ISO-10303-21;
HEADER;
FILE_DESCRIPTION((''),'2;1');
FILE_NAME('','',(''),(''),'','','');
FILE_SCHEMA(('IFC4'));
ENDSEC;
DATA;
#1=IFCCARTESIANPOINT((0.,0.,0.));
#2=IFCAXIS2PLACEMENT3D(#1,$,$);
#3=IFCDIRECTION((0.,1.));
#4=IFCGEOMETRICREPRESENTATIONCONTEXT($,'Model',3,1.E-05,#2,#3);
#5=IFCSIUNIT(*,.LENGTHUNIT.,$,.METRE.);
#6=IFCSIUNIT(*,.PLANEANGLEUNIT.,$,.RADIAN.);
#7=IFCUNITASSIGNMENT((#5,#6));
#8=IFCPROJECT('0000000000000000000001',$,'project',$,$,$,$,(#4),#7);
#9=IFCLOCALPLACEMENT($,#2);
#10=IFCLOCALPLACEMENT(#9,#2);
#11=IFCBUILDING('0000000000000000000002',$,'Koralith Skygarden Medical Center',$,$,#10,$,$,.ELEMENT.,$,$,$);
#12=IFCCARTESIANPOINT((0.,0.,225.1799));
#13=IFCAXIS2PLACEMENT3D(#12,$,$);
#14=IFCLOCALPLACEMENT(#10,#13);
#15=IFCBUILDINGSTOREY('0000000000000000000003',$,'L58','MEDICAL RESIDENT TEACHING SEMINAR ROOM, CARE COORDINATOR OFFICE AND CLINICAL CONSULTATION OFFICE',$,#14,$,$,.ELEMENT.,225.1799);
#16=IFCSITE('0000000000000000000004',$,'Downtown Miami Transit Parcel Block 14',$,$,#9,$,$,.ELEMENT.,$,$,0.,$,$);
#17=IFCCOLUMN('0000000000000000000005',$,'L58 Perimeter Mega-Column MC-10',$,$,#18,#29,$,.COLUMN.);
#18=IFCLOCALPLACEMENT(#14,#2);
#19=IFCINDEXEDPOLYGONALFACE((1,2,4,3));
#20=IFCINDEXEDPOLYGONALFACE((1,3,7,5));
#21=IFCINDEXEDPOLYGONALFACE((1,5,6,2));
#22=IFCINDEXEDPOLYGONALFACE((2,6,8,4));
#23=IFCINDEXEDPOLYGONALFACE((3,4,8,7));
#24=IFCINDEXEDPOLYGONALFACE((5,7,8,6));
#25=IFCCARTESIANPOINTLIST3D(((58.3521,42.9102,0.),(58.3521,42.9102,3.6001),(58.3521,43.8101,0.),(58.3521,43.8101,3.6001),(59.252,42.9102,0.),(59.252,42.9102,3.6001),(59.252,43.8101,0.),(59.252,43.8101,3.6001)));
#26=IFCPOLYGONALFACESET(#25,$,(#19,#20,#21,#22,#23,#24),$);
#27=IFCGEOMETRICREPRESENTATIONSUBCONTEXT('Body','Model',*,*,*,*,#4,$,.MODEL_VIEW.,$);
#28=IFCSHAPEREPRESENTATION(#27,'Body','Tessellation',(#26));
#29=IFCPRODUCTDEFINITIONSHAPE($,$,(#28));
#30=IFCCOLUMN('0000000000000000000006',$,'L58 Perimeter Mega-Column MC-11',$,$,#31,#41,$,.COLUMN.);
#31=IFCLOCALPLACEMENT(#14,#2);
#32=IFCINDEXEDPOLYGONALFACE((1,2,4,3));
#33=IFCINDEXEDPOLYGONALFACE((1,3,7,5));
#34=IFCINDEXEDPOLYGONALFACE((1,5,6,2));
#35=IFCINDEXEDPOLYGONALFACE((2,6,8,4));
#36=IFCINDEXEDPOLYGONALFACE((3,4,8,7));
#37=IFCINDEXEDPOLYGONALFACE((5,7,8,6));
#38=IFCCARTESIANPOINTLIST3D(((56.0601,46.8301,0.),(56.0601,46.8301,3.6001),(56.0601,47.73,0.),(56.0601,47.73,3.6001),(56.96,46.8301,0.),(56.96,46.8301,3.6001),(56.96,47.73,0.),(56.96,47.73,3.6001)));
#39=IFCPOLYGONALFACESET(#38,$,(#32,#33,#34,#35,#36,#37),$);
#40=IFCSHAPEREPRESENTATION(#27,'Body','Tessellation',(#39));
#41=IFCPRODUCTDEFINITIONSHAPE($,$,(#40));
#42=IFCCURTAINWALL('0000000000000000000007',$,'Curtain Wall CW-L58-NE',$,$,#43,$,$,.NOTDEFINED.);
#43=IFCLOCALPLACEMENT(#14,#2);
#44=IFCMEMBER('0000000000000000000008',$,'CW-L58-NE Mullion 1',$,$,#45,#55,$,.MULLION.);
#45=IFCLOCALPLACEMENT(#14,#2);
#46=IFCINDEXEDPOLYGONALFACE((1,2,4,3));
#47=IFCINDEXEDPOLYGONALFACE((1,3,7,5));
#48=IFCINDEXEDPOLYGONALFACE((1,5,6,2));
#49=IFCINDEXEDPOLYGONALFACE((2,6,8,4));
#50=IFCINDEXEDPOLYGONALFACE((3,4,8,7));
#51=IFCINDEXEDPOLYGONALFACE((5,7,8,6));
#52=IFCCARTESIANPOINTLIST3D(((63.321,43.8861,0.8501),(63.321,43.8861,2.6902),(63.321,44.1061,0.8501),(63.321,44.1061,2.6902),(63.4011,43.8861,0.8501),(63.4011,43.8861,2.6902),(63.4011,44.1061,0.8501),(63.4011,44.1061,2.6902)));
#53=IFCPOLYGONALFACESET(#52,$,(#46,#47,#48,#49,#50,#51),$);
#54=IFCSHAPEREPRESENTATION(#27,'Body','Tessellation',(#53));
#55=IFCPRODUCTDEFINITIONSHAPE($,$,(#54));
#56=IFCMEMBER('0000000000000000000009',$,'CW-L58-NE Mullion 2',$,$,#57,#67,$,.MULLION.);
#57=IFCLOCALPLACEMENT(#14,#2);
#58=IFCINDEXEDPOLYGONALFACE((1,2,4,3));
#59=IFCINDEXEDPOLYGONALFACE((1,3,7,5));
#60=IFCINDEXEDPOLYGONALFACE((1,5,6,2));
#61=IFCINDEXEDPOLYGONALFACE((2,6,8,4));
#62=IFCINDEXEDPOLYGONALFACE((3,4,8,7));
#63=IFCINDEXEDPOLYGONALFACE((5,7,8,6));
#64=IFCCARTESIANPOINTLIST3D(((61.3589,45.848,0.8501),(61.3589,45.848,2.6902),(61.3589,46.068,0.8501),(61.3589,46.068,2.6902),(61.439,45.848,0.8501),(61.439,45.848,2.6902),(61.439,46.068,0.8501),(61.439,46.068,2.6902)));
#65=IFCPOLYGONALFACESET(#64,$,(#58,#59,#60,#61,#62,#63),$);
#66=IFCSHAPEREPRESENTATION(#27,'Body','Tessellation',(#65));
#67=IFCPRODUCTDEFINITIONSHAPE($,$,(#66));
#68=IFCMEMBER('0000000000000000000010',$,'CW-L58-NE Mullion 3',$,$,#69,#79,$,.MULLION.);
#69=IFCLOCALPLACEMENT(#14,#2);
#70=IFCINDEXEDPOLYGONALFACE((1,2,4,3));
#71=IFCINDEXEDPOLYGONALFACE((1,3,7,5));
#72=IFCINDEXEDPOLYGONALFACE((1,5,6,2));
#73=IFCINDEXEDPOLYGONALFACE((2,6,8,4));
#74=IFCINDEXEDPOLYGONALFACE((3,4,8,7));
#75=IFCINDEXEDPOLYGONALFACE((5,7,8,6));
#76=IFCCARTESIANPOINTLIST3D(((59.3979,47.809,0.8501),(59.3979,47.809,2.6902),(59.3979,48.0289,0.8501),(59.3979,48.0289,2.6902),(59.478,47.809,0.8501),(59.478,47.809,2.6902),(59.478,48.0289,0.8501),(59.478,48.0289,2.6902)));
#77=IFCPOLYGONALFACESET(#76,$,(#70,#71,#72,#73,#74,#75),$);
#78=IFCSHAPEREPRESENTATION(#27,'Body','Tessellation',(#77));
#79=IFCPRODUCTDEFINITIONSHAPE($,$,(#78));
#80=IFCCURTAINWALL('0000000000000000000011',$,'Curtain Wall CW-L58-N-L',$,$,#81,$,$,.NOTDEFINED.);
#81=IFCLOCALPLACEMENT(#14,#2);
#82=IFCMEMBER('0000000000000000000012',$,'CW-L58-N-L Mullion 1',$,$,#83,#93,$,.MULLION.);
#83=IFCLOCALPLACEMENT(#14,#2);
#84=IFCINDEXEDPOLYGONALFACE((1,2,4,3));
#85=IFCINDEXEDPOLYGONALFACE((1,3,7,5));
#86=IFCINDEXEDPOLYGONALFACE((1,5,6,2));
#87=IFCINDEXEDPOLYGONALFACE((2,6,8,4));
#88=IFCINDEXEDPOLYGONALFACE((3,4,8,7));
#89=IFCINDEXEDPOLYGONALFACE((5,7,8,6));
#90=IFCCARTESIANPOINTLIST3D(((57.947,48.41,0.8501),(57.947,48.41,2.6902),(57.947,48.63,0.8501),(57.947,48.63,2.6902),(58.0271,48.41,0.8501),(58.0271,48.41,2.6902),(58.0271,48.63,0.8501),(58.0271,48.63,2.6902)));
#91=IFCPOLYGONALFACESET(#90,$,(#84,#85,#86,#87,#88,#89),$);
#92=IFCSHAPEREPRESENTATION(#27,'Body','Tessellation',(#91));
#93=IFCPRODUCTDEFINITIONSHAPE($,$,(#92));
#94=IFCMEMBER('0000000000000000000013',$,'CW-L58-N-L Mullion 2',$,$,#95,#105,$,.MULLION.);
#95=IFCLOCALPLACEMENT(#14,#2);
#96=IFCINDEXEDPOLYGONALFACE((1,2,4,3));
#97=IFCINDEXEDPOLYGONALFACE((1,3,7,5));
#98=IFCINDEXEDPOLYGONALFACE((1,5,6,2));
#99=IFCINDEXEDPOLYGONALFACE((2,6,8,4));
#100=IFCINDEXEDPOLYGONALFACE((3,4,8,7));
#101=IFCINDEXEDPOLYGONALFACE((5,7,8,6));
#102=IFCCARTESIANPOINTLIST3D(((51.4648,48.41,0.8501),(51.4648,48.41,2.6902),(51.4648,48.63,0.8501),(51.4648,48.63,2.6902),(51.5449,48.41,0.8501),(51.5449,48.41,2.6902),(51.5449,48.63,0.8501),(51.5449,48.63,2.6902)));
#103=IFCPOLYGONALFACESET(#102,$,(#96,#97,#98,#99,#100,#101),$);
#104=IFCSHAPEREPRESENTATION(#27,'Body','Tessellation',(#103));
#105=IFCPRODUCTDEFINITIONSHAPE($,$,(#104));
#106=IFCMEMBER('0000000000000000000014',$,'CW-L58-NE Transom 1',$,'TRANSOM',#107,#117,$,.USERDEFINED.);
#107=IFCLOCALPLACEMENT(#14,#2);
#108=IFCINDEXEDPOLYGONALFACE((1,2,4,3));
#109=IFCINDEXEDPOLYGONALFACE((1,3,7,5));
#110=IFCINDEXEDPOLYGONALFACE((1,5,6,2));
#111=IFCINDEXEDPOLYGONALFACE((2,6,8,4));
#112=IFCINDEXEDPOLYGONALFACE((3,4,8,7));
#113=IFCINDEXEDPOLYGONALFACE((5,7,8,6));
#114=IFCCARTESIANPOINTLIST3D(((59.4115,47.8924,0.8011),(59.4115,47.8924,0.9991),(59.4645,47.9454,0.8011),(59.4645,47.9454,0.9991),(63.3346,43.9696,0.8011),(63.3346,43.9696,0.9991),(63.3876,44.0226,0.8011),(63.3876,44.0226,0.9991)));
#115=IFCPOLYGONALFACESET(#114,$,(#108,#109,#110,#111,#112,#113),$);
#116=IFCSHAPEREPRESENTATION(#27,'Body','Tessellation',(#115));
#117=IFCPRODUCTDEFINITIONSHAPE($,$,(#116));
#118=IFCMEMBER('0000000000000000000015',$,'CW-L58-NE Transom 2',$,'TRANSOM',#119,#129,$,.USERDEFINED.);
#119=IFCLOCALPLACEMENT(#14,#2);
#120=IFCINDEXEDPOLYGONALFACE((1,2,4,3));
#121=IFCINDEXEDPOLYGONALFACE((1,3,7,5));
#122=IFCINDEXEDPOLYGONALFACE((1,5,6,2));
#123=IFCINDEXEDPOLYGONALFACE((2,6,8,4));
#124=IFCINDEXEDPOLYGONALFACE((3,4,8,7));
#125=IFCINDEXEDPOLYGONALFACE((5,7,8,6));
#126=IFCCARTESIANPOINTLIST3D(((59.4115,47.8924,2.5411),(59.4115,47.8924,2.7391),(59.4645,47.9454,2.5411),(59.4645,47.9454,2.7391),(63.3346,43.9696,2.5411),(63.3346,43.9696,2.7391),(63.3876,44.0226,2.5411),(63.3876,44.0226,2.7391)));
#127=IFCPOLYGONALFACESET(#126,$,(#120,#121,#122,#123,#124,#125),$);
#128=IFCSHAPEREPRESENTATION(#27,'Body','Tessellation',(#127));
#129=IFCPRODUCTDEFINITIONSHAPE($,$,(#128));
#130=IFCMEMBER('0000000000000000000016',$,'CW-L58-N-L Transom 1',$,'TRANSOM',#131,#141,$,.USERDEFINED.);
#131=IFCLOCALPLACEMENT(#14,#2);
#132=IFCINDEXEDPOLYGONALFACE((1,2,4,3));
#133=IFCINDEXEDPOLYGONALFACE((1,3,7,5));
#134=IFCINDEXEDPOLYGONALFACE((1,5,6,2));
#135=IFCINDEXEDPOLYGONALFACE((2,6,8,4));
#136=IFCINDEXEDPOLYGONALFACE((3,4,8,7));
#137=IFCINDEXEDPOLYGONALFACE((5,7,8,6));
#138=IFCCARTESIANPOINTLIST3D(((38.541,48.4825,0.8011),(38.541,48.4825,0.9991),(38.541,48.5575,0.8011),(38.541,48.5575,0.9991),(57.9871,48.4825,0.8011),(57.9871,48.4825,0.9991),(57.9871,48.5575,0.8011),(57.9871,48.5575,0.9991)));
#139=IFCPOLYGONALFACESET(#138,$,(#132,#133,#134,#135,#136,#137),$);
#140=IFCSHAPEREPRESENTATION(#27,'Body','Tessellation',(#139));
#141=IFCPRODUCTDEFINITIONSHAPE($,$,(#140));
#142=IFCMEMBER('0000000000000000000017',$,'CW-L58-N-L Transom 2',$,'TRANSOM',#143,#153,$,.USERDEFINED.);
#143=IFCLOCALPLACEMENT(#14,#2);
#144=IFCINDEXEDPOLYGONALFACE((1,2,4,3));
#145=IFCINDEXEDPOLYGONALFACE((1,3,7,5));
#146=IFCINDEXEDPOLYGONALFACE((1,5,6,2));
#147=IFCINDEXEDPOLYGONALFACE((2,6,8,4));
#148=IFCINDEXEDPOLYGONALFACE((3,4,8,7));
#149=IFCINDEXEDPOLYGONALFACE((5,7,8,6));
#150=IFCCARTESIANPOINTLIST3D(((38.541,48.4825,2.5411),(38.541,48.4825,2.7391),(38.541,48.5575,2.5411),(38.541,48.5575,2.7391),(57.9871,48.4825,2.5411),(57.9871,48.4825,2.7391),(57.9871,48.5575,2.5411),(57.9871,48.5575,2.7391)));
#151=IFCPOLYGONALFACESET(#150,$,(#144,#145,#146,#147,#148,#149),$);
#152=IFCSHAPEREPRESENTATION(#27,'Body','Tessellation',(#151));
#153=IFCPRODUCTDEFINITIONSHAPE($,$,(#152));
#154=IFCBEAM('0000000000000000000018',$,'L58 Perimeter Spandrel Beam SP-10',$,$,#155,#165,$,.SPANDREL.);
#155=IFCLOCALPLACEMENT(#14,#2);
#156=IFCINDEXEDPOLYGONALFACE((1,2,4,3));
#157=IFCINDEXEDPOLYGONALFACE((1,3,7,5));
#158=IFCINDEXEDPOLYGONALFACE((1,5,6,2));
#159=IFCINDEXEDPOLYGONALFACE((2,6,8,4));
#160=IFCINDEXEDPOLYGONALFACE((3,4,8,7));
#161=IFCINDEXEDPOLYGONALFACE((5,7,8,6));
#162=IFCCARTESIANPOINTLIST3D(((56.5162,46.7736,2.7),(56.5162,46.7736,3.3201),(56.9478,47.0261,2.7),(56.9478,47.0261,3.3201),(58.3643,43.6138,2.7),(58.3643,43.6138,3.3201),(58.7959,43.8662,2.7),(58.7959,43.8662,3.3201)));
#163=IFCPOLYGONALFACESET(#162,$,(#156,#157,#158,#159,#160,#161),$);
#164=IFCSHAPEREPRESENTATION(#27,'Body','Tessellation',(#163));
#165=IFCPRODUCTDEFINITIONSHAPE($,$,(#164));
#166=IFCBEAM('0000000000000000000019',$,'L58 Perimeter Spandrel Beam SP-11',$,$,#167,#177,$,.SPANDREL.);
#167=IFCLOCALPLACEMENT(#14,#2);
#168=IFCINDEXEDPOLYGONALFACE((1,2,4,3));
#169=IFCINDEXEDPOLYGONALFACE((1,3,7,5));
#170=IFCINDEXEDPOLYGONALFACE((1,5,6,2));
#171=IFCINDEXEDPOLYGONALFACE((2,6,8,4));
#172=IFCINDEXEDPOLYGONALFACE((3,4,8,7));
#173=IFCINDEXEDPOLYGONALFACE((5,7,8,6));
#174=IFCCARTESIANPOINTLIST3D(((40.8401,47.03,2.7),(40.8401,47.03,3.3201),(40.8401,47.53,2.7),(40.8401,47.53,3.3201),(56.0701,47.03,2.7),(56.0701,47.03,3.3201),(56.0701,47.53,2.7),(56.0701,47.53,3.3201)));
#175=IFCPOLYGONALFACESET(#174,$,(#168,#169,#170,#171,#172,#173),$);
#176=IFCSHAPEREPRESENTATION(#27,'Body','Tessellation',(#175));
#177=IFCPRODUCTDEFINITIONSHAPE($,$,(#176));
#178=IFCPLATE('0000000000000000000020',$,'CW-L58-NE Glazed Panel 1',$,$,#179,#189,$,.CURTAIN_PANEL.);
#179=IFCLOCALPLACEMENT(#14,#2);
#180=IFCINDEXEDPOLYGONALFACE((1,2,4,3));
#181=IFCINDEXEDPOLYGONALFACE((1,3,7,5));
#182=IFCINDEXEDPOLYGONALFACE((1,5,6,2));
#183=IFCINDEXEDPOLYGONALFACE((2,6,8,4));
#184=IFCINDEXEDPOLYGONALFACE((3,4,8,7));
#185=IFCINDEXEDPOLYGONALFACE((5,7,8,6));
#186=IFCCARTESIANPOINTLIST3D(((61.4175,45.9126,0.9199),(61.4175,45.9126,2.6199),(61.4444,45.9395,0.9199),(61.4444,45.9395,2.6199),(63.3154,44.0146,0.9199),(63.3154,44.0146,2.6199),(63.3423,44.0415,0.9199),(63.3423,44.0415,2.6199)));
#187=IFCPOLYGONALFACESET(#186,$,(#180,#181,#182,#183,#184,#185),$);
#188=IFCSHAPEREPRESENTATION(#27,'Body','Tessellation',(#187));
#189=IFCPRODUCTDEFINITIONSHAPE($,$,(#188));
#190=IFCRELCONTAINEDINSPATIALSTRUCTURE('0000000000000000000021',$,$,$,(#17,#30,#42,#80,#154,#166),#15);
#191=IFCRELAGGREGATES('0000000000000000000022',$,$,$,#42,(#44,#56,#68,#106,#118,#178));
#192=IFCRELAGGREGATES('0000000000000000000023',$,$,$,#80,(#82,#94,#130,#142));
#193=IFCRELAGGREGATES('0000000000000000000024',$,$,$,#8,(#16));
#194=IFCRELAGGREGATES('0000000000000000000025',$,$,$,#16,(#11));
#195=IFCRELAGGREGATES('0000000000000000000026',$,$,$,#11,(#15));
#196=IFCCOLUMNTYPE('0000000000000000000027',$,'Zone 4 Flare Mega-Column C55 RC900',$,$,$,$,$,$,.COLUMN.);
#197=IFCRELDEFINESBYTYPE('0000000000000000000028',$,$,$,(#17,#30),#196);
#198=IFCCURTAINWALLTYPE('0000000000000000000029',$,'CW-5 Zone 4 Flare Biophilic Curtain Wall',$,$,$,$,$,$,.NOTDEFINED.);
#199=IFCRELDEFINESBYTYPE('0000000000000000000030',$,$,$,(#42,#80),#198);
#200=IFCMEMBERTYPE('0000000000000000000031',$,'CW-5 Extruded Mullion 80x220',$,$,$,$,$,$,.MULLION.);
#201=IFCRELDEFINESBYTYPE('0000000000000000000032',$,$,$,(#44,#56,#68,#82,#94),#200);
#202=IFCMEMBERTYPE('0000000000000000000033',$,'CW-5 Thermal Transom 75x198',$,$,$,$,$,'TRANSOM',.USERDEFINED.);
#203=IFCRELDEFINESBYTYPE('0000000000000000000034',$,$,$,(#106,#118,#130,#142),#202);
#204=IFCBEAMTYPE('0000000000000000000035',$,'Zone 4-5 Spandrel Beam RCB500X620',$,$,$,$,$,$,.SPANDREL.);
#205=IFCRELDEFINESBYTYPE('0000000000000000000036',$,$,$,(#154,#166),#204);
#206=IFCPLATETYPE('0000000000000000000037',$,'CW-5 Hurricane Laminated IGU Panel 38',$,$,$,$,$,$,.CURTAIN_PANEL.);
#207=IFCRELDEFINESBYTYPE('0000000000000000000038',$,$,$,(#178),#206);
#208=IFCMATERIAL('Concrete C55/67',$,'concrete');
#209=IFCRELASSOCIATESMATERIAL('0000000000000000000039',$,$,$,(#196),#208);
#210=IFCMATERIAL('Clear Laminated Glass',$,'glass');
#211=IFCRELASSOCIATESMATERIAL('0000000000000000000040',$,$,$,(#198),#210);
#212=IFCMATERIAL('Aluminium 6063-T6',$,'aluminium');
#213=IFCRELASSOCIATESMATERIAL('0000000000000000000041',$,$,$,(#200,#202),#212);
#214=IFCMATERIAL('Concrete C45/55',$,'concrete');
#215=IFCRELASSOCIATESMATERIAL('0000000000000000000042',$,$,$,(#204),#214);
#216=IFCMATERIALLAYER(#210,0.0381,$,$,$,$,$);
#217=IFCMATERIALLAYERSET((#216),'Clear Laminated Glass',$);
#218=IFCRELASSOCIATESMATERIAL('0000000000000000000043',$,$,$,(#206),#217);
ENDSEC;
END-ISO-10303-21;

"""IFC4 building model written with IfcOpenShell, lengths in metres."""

from ifc_helpers import new_model, si_unit, direction, frame, origin, origin_2d, place, context, subcontext, project, spatial, rectangle, extrude, material, layer, layer_set, material_profile, profile_set, type_object, element, aggregate, save


model = new_model("IFC4")

# Units and contexts
model_context = context("Model", 3, precision=1e-05, world=origin(), true_north=direction((0.0, 1.0)))
body_context = subcontext(model_context, "Body", "Model", "MODEL_VIEW")
ifc_project = project(units=[si_unit("LENGTHUNIT", "METRE"), si_unit("PLANEANGLEUNIT", "RADIAN")], contexts=[model_context])

# Site, building, storey
site_placement = place(None, origin())
site = spatial("IfcSite", under=ifc_project, at=site_placement, Name="Downtown Miami Transit Parcel Block 14", CompositionType="ELEMENT", RefElevation=0.0)
building_placement = place(site_placement, origin())
building = spatial("IfcBuilding", under=site, at=building_placement, Name="Koralith Skygarden Medical Center", CompositionType="ELEMENT")
storey_placement = place(building_placement, frame((0.0, 0.0, 225.1799)))
storey = spatial("IfcBuildingStorey", under=building, at=storey_placement, Name="L58", Description="MEDICAL RESIDENT TEACHING SEMINAR ROOM, CARE COORDINATOR OFFICE AND CLINICAL CONSULTATION OFFICE", CompositionType="ELEMENT", Elevation=225.1799)

# Columns
ifc_material_1 = material(Name="Concrete C55/67", Category="concrete")
ifc_material_profile_1 = material_profile(ifc_material_1, rectangle(XDim=0.8999, YDim=0.8999, at=origin_2d()), Name="RC900X900")
ifc_profile_set_1 = profile_set([ifc_material_profile_1], Name="Concrete C55/67")
column_type = type_object("IfcColumnType", Name="Zone 4 Flare Mega-Column C55 RC900", PredefinedType="COLUMN", material=ifc_profile_set_1)
for number, where, z_axis, x_axis, name in (
    (1, (58.802, 43.3601, 0.0), (0.0, 0.0, 1.0), (1.0, 0.0, 0.0), "L58 Perimeter Mega-Column MC-10"),
    (2, (56.51, 47.28, 0.0), (0.0, 0.0, 1.0), (1.0, 0.0, 0.0), "L58 Perimeter Mega-Column MC-11"),
):
    element("IfcColumn", number, at=place(storey_placement, frame(where, z_axis=z_axis, x_axis=x_axis)), inside=storey, type_object=column_type, Name=name, PredefinedType="COLUMN", context=body_context, shape_type="SweptSolid", body=[
        extrude(rectangle(XDim=0.8999, YDim=0.8999, at=origin_2d()), origin(), (0.0, 0.0, 1.0), 3.6001),
    ])

# Curtain walls, members
ifc_material_2 = material(Name="Clear Laminated Glass", Category="glass")
curtain_wall_type = type_object("IfcCurtainWallType", Name="CW-5 Zone 4 Flare Biophilic Curtain Wall", PredefinedType="NOTDEFINED", material=ifc_material_2)
curtain_wall_1_placement = place(storey_placement, origin())
curtain_wall_1 = element("IfcCurtainWall", 3, at=curtain_wall_1_placement, inside=storey, type_object=curtain_wall_type, Name="Curtain Wall CW-L58-NE", PredefinedType="NOTDEFINED")
ifc_material_3 = material(Name="Aluminium 6063-T6", Category="aluminium")
ifc_material_profile_2 = material_profile(ifc_material_3, rectangle(XDim=0.0801, YDim=0.22, at=origin_2d()), Name="MUL80X220")
ifc_profile_set_2 = profile_set([ifc_material_profile_2], Name="Aluminium 6063-T6")
member_type_1 = type_object("IfcMemberType", Name="CW-5 Extruded Mullion 80x220", PredefinedType="MULLION", material=ifc_profile_set_2)
member_1_placement = place(storey_placement, frame((63.3611, 43.9961, 0.8501), z_axis=(0.0, 0.0, 1.0), x_axis=(1.0, 0.0, 0.0)))
member_1 = element("IfcMember", 4, at=member_1_placement, type_object=member_type_1, Name="CW-L58-NE Mullion 1", PredefinedType="MULLION", context=body_context, shape_type="SweptSolid", body=[
    extrude(rectangle(XDim=0.0801, YDim=0.22, at=origin_2d()), origin(), (0.0, 0.0, 1.0), 1.8401),
])
member_2_placement = place(storey_placement, frame((61.3989, 45.958, 0.8501), z_axis=(0.0, 0.0, 1.0), x_axis=(1.0, 0.0, 0.0)))
member_2 = element("IfcMember", 5, at=member_2_placement, type_object=member_type_1, Name="CW-L58-NE Mullion 2", PredefinedType="MULLION", context=body_context, shape_type="SweptSolid", body=[
    extrude(rectangle(XDim=0.0801, YDim=0.22, at=origin_2d()), origin(), (0.0, 0.0, 1.0), 1.8401),
])
member_3_placement = place(storey_placement, frame((59.438, 47.9189, 0.8501), z_axis=(0.0, 0.0, 1.0), x_axis=(1.0, 0.0, 0.0)))
member_3 = element("IfcMember", 6, at=member_3_placement, type_object=member_type_1, Name="CW-L58-NE Mullion 3", PredefinedType="MULLION", context=body_context, shape_type="SweptSolid", body=[
    extrude(rectangle(XDim=0.0801, YDim=0.22, at=origin_2d()), origin(), (0.0, 0.0, 1.0), 1.8401),
])
curtain_wall_2_placement = place(storey_placement, origin())
curtain_wall_2 = element("IfcCurtainWall", 7, at=curtain_wall_2_placement, inside=storey, type_object=curtain_wall_type, Name="Curtain Wall CW-L58-N-L", PredefinedType="NOTDEFINED")
member_4_placement = place(storey_placement, frame((57.9871, 48.52, 0.8501), z_axis=(0.0, 0.0, 1.0), x_axis=(1.0, 0.0, 0.0)))
member_4 = element("IfcMember", 8, at=member_4_placement, type_object=member_type_1, Name="CW-L58-N-L Mullion 1", PredefinedType="MULLION", context=body_context, shape_type="SweptSolid", body=[
    extrude(rectangle(XDim=0.0801, YDim=0.22, at=origin_2d()), origin(), (0.0, 0.0, 1.0), 1.8401),
])
member_5_placement = place(storey_placement, frame((51.5049, 48.52, 0.8501), z_axis=(0.0, 0.0, 1.0), x_axis=(1.0, 0.0, 0.0)))
member_5 = element("IfcMember", 9, at=member_5_placement, type_object=member_type_1, Name="CW-L58-N-L Mullion 2", PredefinedType="MULLION", context=body_context, shape_type="SweptSolid", body=[
    extrude(rectangle(XDim=0.0801, YDim=0.22, at=origin_2d()), origin(), (0.0, 0.0, 1.0), 1.8401),
])

# Members
ifc_material_profile_3 = material_profile(ifc_material_3, rectangle(XDim=0.075, YDim=0.198, at=origin_2d()), Name="TRN75X198")
ifc_profile_set_3 = profile_set([ifc_material_profile_3], Name="Aluminium 6063-T6")
member_type_2 = type_object("IfcMemberType", Name="CW-5 Thermal Transom 75x198", ElementType="TRANSOM", PredefinedType="USERDEFINED", material=ifc_profile_set_3)
member_6_placement = place(storey_placement, frame((63.3611, 43.9961, 0.9001), z_axis=(-0.707129, 0.707085, 0.0), x_axis=(-0.707085, -0.707129, 0.0)))
member_6 = element("IfcMember", 10, at=member_6_placement, type_object=member_type_2, Name="CW-L58-NE Transom 1", ObjectType="TRANSOM", PredefinedType="USERDEFINED", context=body_context, shape_type="SweptSolid", body=[
    extrude(rectangle(XDim=0.075, YDim=0.198, at=origin_2d()), origin(), (0.0, 0.0, 1.0), 5.5479),
])
member_7_placement = place(storey_placement, frame((63.3611, 43.9961, 2.6401), z_axis=(-0.707129, 0.707085, 0.0), x_axis=(-0.707085, -0.707129, 0.0)))
member_7 = element("IfcMember", 11, at=member_7_placement, type_object=member_type_2, Name="CW-L58-NE Transom 2", ObjectType="TRANSOM", PredefinedType="USERDEFINED", context=body_context, shape_type="SweptSolid", body=[
    extrude(rectangle(XDim=0.075, YDim=0.198, at=origin_2d()), origin(), (0.0, 0.0, 1.0), 5.5479),
])
member_8_placement = place(storey_placement, frame((57.9871, 48.52, 0.9001), z_axis=(-1.0, 0.0, 0.0), x_axis=(0.0, -1.0, 0.0)))
member_8 = element("IfcMember", 12, at=member_8_placement, type_object=member_type_2, Name="CW-L58-N-L Transom 1", ObjectType="TRANSOM", PredefinedType="USERDEFINED", context=body_context, shape_type="SweptSolid", body=[
    extrude(rectangle(XDim=0.075, YDim=0.198, at=origin_2d()), origin(), (0.0, 0.0, 1.0), 19.446),
])
member_9_placement = place(storey_placement, frame((57.9871, 48.52, 2.6401), z_axis=(-1.0, 0.0, 0.0), x_axis=(0.0, -1.0, 0.0)))
member_9 = element("IfcMember", 13, at=member_9_placement, type_object=member_type_2, Name="CW-L58-N-L Transom 2", ObjectType="TRANSOM", PredefinedType="USERDEFINED", context=body_context, shape_type="SweptSolid", body=[
    extrude(rectangle(XDim=0.075, YDim=0.198, at=origin_2d()), origin(), (0.0, 0.0, 1.0), 19.446),
])

# Beams
ifc_material_4 = material(Name="Concrete C45/55", Category="concrete")
ifc_material_profile_4 = material_profile(ifc_material_4, rectangle(XDim=0.5, YDim=0.6201, at=origin_2d()), Name="RCB500X620")
ifc_profile_set_4 = profile_set([ifc_material_profile_4], Name="Concrete C45/55")
beam_type = type_object("IfcBeamType", Name="Zone 4-5 Spandrel Beam RCB500X620", PredefinedType="SPANDREL", material=ifc_profile_set_4)
beam_1_placement = place(storey_placement, frame((58.5801, 43.74, 3.01), z_axis=(-0.504862, 0.8632, 0.0), x_axis=(-0.8632, -0.504862, 0.0)))
element("IfcBeam", 14, at=beam_1_placement, inside=storey, type_object=beam_type, Name="L58 Perimeter Spandrel Beam SP-10", PredefinedType="SPANDREL", context=body_context, shape_type="SweptSolid", body=[
    extrude(rectangle(XDim=0.5, YDim=0.6201, at=origin_2d()), origin(), (0.0, 0.0, 1.0), 3.6606),
])
beam_2_placement = place(storey_placement, frame((56.0701, 47.28, 3.01), z_axis=(-1.0, 0.0, 0.0), x_axis=(0.0, -1.0, 0.0)))
element("IfcBeam", 15, at=beam_2_placement, inside=storey, type_object=beam_type, Name="L58 Perimeter Spandrel Beam SP-11", PredefinedType="SPANDREL", context=body_context, shape_type="SweptSolid", body=[
    extrude(rectangle(XDim=0.5, YDim=0.6201, at=origin_2d()), origin(), (0.0, 0.0, 1.0), 15.23),
])

# Plate
ifc_layer_1 = layer(ifc_material_2, 0.0381)
ifc_layer_set_1 = layer_set([ifc_layer_1], Name="Clear Laminated Glass")
plate_type_1 = type_object("IfcPlateType", Name="CW-5 Hurricane Laminated IGU Panel 38", PredefinedType="CURTAIN_PANEL", material=ifc_layer_set_1)
plate_1_placement = place(storey_placement, frame((62.3799, 44.9771, 0.9199), z_axis=(0.0, 0.0, 1.0), x_axis=(-0.707107, 0.707107, 0.0)))
plate_1 = element("IfcPlate", 16, at=plate_1_placement, type_object=plate_type_1, Name="CW-L58-NE Glazed Panel 1", PredefinedType="CURTAIN_PANEL", context=body_context, shape_type="SweptSolid", body=[
    extrude(rectangle(XDim=2.6841, YDim=0.0381, at=origin_2d()), origin(), (0.0, 0.0, 1.0), 1.7),
])
aggregate(curtain_wall_1, [member_1, member_2, member_3, member_6, member_7, plate_1])
aggregate(curtain_wall_2, [member_4, member_5, member_8, member_9])

save(model, "model.ifc")
